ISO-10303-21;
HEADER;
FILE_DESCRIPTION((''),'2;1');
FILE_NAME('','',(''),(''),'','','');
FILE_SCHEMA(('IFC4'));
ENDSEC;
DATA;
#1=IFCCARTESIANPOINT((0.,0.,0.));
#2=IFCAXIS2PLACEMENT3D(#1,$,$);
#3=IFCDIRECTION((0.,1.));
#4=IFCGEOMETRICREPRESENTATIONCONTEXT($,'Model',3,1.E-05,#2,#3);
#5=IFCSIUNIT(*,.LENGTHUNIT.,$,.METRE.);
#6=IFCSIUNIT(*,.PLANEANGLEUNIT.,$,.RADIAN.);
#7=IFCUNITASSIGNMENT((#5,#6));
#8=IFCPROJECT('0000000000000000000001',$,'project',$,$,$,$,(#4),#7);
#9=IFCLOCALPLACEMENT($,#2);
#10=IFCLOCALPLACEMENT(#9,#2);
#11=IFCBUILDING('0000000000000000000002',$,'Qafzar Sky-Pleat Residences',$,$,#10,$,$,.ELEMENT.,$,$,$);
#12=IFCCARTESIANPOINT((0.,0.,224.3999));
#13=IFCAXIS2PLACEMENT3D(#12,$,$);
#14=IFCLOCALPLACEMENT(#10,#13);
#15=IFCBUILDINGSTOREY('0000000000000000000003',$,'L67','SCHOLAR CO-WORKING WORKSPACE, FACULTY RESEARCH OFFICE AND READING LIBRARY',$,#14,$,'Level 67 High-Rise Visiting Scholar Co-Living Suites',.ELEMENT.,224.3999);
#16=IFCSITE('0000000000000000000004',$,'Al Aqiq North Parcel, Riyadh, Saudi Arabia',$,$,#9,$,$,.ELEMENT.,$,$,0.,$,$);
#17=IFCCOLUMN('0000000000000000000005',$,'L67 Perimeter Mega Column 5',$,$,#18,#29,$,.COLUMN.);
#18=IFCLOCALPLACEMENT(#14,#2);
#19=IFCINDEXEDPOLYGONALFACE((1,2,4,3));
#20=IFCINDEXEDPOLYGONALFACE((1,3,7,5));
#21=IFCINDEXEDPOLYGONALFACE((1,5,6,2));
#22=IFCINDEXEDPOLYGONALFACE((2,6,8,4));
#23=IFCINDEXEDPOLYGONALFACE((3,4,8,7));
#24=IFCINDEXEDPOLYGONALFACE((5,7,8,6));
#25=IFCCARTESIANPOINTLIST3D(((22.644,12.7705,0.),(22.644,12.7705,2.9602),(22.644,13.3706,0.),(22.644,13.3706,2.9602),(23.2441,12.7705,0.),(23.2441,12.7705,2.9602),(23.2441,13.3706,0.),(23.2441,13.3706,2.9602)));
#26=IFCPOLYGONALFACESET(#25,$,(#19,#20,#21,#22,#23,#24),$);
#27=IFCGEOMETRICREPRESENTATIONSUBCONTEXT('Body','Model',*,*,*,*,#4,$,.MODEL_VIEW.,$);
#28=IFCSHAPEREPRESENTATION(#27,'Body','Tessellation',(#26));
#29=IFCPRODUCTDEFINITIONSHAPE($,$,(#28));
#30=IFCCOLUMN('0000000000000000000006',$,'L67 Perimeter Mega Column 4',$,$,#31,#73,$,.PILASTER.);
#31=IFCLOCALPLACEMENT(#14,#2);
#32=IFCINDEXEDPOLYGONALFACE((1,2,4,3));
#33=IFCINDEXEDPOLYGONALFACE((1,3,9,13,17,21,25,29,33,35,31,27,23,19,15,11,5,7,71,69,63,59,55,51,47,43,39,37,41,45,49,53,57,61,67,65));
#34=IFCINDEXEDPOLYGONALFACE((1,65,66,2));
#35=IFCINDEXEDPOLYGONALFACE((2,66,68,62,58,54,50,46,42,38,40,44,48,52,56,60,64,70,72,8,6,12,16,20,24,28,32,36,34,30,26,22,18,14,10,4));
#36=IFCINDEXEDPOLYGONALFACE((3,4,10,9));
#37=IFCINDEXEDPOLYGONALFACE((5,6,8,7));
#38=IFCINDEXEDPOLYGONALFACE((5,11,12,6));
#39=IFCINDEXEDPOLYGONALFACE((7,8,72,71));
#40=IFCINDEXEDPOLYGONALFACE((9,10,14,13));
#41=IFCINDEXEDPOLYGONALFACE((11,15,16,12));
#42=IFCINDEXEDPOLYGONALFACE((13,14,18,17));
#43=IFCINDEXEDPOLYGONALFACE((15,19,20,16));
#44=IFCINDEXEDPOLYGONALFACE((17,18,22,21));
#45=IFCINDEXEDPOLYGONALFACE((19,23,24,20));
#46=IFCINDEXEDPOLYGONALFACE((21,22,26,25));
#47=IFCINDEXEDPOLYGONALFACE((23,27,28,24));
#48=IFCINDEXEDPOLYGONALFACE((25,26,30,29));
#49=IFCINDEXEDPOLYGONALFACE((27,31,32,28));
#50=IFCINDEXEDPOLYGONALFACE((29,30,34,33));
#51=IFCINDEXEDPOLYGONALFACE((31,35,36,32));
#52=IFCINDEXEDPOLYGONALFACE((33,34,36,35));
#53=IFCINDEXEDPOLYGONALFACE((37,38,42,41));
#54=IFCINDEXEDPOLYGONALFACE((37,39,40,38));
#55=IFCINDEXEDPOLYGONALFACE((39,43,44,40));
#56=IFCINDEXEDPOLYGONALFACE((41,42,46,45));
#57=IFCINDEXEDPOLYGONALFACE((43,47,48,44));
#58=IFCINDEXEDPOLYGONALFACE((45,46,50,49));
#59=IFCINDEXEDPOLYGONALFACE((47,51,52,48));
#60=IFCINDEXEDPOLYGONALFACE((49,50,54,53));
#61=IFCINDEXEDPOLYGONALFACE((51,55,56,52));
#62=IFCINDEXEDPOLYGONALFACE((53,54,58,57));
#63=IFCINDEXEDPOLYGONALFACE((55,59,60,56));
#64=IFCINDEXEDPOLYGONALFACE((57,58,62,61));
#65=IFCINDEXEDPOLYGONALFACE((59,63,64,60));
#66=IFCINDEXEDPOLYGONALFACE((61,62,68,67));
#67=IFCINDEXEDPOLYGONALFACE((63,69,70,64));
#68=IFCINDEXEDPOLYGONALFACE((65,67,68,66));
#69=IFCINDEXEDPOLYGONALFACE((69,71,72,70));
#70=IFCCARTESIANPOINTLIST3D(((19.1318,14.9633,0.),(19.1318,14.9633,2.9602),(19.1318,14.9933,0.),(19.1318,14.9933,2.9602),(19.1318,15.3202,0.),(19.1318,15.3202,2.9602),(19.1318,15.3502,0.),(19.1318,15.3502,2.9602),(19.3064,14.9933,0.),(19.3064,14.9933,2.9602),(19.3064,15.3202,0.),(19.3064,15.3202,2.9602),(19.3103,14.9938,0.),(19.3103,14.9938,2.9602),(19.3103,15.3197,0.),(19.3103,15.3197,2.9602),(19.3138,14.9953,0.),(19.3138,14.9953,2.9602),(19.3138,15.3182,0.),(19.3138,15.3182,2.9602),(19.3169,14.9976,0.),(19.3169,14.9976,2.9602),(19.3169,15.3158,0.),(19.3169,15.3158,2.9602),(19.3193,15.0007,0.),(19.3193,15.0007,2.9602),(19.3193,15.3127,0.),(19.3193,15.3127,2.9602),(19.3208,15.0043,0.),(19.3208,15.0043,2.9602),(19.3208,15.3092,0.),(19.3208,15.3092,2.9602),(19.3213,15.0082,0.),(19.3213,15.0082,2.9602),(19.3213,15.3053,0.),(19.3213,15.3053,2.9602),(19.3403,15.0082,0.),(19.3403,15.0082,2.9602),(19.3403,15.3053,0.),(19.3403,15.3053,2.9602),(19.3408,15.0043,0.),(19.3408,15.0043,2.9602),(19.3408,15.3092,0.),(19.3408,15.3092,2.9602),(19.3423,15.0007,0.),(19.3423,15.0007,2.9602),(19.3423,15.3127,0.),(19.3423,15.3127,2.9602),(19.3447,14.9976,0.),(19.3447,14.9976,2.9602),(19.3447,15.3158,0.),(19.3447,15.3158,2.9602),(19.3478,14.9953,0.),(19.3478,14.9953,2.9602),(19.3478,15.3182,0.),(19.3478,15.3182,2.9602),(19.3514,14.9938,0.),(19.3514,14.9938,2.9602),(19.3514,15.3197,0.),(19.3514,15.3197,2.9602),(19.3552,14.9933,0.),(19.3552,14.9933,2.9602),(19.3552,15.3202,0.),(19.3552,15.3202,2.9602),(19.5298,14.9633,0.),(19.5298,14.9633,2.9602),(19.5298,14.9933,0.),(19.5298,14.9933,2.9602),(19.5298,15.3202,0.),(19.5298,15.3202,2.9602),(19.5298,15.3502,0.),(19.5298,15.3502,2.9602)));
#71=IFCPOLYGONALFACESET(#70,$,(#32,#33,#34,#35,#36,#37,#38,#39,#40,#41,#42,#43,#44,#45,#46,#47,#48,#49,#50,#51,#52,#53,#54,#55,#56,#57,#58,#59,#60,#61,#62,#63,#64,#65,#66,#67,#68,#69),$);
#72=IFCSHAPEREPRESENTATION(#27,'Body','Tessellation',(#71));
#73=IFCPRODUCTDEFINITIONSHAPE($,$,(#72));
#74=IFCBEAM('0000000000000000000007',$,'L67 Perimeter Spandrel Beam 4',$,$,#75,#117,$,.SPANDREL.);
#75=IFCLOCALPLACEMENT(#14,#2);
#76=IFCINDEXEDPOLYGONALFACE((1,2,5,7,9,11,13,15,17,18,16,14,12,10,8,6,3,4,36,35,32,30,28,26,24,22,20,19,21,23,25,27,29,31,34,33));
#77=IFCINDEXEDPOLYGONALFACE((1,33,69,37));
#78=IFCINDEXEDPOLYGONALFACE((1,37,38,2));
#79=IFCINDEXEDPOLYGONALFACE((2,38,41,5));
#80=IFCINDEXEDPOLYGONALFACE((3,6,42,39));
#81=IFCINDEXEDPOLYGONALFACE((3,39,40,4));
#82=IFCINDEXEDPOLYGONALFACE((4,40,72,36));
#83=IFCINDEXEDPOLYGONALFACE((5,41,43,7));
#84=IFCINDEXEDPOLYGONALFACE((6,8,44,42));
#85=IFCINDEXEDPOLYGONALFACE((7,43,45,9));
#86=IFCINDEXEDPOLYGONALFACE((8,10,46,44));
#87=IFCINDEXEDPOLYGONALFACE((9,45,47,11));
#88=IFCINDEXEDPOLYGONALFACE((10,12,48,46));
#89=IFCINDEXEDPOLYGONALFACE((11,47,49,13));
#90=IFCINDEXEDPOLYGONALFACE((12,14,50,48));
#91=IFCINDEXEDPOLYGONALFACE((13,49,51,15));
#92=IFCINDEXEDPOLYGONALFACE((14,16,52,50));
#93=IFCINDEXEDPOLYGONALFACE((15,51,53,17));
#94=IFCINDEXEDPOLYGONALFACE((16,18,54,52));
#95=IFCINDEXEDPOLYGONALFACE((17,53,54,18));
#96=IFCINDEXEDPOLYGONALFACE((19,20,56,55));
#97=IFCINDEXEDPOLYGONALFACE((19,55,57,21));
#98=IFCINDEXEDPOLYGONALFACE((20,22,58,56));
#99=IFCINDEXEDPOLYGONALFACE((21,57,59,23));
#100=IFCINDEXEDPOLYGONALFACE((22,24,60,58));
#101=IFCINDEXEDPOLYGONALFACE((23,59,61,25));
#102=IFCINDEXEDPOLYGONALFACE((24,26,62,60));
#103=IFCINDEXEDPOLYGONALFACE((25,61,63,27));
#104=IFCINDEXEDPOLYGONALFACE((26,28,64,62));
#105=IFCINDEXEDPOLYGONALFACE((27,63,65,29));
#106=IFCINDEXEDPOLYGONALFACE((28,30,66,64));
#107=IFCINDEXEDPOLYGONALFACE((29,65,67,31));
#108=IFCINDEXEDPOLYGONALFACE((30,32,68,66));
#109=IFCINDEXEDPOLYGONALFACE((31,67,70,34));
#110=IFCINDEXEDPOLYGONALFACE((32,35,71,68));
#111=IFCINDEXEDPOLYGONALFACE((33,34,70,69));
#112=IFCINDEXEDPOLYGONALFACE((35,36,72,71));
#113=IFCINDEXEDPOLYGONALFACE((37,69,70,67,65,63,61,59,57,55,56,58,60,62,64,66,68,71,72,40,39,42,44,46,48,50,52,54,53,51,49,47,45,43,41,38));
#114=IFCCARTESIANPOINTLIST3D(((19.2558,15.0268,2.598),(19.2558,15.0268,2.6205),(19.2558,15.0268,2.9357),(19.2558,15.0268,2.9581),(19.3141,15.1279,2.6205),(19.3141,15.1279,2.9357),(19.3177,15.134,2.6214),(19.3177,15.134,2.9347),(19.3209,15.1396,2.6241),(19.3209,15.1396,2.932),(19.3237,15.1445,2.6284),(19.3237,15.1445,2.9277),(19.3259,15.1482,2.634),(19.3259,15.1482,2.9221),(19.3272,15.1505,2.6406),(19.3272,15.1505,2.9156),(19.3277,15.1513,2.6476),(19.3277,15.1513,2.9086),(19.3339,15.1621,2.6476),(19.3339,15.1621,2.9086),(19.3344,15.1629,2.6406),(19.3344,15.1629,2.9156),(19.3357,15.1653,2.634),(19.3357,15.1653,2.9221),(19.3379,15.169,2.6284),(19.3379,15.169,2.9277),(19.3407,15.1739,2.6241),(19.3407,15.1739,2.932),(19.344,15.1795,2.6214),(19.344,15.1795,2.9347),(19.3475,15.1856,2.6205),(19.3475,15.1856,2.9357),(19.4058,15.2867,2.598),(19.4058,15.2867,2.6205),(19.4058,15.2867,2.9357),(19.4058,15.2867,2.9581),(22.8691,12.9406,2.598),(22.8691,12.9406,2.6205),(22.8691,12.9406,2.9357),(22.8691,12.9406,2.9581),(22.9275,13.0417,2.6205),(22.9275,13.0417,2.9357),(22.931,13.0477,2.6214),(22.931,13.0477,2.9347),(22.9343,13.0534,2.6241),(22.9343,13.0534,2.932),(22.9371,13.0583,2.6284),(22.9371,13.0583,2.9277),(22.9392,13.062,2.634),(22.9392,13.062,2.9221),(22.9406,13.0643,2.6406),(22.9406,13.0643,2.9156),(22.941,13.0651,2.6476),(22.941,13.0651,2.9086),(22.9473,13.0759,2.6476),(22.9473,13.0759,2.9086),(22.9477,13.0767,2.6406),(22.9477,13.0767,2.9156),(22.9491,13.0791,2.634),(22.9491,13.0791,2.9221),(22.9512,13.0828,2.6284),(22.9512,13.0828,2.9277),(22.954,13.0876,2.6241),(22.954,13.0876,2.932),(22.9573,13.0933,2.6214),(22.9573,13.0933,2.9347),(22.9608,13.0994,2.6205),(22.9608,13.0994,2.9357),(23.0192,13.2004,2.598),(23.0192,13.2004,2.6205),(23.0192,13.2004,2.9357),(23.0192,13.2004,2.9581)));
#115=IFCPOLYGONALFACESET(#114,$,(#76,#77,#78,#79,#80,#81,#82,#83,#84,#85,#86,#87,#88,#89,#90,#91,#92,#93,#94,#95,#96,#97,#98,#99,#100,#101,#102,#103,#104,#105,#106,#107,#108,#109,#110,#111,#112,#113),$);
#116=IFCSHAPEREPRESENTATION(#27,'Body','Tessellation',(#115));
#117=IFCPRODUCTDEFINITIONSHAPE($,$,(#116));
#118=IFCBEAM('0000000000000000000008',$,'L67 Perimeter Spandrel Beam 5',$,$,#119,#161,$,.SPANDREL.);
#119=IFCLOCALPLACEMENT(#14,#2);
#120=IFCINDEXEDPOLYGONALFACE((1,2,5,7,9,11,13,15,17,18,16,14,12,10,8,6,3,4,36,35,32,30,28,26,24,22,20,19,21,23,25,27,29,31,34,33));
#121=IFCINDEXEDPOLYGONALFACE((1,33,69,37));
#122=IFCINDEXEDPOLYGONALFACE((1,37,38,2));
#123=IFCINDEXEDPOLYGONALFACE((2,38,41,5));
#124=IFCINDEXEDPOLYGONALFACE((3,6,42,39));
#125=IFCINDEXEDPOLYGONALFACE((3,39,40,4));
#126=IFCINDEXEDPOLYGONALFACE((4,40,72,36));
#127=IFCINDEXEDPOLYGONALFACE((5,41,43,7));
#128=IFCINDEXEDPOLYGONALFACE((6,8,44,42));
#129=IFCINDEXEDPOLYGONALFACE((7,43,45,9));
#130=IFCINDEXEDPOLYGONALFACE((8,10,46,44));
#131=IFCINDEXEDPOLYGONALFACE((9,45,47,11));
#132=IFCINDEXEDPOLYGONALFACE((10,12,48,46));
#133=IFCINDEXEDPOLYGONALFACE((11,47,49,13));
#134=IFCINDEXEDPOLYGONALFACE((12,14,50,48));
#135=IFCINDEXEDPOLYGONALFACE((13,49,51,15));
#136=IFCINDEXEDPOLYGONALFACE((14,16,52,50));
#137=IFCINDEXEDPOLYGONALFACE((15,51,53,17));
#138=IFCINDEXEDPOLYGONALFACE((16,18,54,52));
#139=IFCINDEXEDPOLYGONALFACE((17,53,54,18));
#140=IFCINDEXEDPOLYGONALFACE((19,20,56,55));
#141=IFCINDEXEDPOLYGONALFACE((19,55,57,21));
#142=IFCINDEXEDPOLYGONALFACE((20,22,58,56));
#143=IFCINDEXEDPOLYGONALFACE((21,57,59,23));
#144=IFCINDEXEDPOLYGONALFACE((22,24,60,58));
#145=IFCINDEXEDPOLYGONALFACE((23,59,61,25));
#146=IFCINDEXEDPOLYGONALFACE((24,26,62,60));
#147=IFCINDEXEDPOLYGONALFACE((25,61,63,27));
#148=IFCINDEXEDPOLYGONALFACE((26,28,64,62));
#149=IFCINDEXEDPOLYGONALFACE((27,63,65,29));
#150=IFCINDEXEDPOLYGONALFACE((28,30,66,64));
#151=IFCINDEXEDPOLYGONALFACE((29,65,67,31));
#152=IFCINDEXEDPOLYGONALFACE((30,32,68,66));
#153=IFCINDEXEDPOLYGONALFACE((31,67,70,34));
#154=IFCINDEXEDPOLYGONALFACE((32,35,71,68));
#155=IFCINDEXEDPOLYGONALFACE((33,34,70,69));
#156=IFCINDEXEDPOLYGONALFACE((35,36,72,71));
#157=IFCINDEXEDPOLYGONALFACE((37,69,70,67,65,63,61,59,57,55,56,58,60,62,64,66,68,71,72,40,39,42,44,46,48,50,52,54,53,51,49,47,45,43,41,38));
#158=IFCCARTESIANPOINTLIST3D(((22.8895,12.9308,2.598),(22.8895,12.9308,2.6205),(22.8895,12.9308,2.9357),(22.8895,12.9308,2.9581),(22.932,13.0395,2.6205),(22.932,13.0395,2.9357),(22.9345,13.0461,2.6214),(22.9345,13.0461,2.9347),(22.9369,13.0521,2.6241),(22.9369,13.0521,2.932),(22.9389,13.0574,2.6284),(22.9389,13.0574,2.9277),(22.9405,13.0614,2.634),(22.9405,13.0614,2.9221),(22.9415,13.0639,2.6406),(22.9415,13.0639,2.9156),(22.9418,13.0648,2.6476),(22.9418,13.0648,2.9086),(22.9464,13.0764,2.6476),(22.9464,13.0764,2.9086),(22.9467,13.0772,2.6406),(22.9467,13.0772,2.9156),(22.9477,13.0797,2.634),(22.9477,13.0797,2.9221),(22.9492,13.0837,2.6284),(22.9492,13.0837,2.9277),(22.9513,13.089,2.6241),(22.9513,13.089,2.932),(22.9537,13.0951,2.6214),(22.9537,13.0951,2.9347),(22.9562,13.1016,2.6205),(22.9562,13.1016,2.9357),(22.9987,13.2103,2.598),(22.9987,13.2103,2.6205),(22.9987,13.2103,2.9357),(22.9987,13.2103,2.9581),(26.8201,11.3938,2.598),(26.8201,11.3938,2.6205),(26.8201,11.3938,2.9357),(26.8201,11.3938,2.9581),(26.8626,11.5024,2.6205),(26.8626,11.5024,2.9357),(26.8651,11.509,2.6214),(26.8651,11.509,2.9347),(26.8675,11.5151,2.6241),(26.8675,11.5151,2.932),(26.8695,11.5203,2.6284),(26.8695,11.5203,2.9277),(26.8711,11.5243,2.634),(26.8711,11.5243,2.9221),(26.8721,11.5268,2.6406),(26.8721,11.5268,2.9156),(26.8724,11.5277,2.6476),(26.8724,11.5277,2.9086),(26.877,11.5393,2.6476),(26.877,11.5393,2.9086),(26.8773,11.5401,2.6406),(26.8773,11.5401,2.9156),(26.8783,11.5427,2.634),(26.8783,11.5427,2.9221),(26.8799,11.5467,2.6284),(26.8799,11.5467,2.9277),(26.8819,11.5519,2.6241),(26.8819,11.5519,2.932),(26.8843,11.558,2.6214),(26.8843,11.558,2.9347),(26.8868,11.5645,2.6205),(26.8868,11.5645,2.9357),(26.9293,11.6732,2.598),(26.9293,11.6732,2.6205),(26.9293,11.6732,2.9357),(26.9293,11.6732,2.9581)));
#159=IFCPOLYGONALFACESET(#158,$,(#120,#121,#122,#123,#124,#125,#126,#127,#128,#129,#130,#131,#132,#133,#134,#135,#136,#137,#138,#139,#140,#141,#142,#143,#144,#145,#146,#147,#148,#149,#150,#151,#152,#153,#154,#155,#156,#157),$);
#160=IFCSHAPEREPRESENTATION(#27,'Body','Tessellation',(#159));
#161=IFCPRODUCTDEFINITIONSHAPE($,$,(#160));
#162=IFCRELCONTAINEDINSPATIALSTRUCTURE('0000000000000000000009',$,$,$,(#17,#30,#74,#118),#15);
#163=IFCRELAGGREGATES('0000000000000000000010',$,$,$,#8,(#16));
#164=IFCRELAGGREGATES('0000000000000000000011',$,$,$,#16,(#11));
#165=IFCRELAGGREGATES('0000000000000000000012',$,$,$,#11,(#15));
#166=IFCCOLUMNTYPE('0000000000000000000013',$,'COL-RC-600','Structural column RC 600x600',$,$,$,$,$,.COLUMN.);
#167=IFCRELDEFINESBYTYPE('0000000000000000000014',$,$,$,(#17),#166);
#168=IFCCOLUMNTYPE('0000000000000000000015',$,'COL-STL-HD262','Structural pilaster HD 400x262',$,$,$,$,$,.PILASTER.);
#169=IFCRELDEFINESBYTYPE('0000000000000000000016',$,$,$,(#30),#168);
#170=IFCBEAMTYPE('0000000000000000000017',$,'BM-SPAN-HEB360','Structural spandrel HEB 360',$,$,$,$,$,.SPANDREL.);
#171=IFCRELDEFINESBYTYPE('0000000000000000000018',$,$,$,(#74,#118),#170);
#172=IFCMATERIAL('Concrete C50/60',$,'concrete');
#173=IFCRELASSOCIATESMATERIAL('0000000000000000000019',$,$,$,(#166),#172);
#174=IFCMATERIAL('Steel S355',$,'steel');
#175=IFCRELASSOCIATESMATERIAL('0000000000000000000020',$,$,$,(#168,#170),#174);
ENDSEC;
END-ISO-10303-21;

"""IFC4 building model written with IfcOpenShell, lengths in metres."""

from ifc_helpers import new_model, si_unit, direction, frame, origin, origin_2d, place, context, subcontext, project, spatial, rectangle, i_section, extrude, source, transform, mapped, material, material_profile, profile_set, type_object, element, save


model = new_model("IFC4")

# Units and contexts
model_context = context("Model", 3, precision=1e-05, world=origin(), true_north=direction((0.0, 1.0)))
body_context = subcontext(model_context, "Body", "Model", "MODEL_VIEW")
ifc_project = project(units=[si_unit("LENGTHUNIT", "METRE"), si_unit("PLANEANGLEUNIT", "RADIAN")], contexts=[model_context])

# Site, building, storey
site_placement = place(None, origin())
site = spatial("IfcSite", under=ifc_project, at=site_placement, Name="Al Aqiq North Parcel, Riyadh, Saudi Arabia", CompositionType="ELEMENT", RefElevation=0.0)
building_placement = place(site_placement, origin())
building = spatial("IfcBuilding", under=site, at=building_placement, Name="Qafzar Sky-Pleat Residences", CompositionType="ELEMENT")
storey_placement = place(building_placement, frame((0.0, 0.0, 224.3999)))
storey = spatial("IfcBuildingStorey", under=building, at=storey_placement, Name="L67", Description="SCHOLAR CO-WORKING WORKSPACE, FACULTY RESEARCH OFFICE AND READING LIBRARY", LongName="Level 67 High-Rise Visiting Scholar Co-Living Suites", CompositionType="ELEMENT", Elevation=224.3999)

# Columns
ifc_material_1 = material(Name="Concrete C50/60", Category="concrete")
ifc_material_profile_1 = material_profile(ifc_material_1, rectangle(XDim=0.6001, YDim=0.6001, at=origin_2d()), Name="RC 600x600")
ifc_profile_set_1 = profile_set([ifc_material_profile_1], Name="Concrete C50/60")
column_type_1 = type_object("IfcColumnType", Name="COL-RC-600", Description="Structural column RC 600x600", PredefinedType="COLUMN", material=ifc_profile_set_1)
shared_shape_1 = source(origin(), body_context, "Body", "SweptSolid", [
    extrude(rectangle(XDim=0.6001, YDim=0.6001, at=origin_2d()), origin(), (0.0, 0.0, 1.0), 2.9602),
])
column_1_placement = place(storey_placement, frame((22.9441, 13.0706, 0.0), z_axis=(0.0, 0.0, 1.0), x_axis=(1.0, 0.0, 0.0)))
element("IfcColumn", 1, at=column_1_placement, inside=storey, type_object=column_type_1, Name="L67 Perimeter Mega Column 5", PredefinedType="COLUMN", context=body_context, shape_type="MappedRepresentation", body=[
    mapped(shared_shape_1, transform((0.0, 0.0, 0.0), x_axis=(1.0, 0.0, 0.0), y_axis=(0.0, 1.0, 0.0), z_axis=(0.0, 0.0, 1.0), scale=1.0)),
])
ifc_material_2 = material(Name="Steel S355", Category="steel")
ifc_material_profile_2 = material_profile(ifc_material_2, i_section(OverallWidth=0.3979, OverallDepth=0.387, WebThickness=0.019, FlangeThickness=0.03, FilletRadius=0.0149, at=origin_2d()), Name="HD 400x262")
ifc_profile_set_2 = profile_set([ifc_material_profile_2], Name="Steel S355")
column_type_2 = type_object("IfcColumnType", Name="COL-STL-HD262", Description="Structural pilaster HD 400x262", PredefinedType="PILASTER", material=ifc_profile_set_2)
shared_shape_2 = source(origin(), body_context, "Body", "SweptSolid", [
    extrude(i_section(OverallWidth=0.3979, OverallDepth=0.387, WebThickness=0.019, FlangeThickness=0.03, FilletRadius=0.0149, at=origin_2d()), origin(), (0.0, 0.0, 1.0), 2.9602),
])
column_2_placement = place(storey_placement, frame((19.3308, 15.1567, 0.0), z_axis=(0.0, 0.0, 1.0), x_axis=(1.0, 0.0, 0.0)))
element("IfcColumn", 2, at=column_2_placement, inside=storey, type_object=column_type_2, Name="L67 Perimeter Mega Column 4", PredefinedType="PILASTER", context=body_context, shape_type="MappedRepresentation", body=[
    mapped(shared_shape_2, transform((0.0, 0.0, 0.0), x_axis=(1.0, 0.0, 0.0), y_axis=(0.0, 1.0, 0.0), z_axis=(0.0, 0.0, 1.0), scale=1.0)),
])

# Beams
ifc_material_profile_3 = material_profile(ifc_material_2, i_section(OverallWidth=0.3, OverallDepth=0.3601, WebThickness=0.0125, FlangeThickness=0.0225, FilletRadius=0.0271, at=origin_2d()), Name="HEB 360")
ifc_profile_set_3 = profile_set([ifc_material_profile_3], Name="Steel S355")
beam_type_1 = type_object("IfcBeamType", Name="BM-SPAN-HEB360", Description="Structural spandrel HEB 360", PredefinedType="SPANDREL", material=ifc_profile_set_3)
shared_shape_3 = source(origin(), body_context, "Body", "SweptSolid", [
    extrude(i_section(OverallWidth=0.3, OverallDepth=0.3601, WebThickness=0.0125, FlangeThickness=0.0225, FilletRadius=0.0271, at=origin_2d()), origin(), (0.0, 0.0, 1.0), 4.1724),
])
beam_1_placement = place(storey_placement, frame((19.3308, 15.1567, 2.7781), z_axis=(0.86602, -0.500009, 0.0), x_axis=(0.500009, 0.86602, 0.0)))
element("IfcBeam", 3, at=beam_1_placement, inside=storey, type_object=beam_type_1, Name="L67 Perimeter Spandrel Beam 4", PredefinedType="SPANDREL", context=body_context, shape_type="MappedRepresentation", body=[
    mapped(shared_shape_3, transform((0.0, 0.0, 0.0), x_axis=(1.0, 0.0, 0.0), y_axis=(0.0, 1.0, 0.0), z_axis=(0.0, 0.0, 1.0), scale=1.0)),
])
shared_shape_4 = source(origin(), body_context, "Body", "SweptSolid", [
    extrude(i_section(OverallWidth=0.3, OverallDepth=0.3601, WebThickness=0.0125, FlangeThickness=0.0225, FilletRadius=0.0271, at=origin_2d()), origin(), (0.0, 0.0, 1.0), 4.2205),
])
beam_2_placement = place(storey_placement, frame((22.9441, 13.0706, 2.7781), z_axis=(0.931321, -0.364199, 0.0), x_axis=(0.364199, 0.931321, 0.0)))
element("IfcBeam", 4, at=beam_2_placement, inside=storey, type_object=beam_type_1, Name="L67 Perimeter Spandrel Beam 5", PredefinedType="SPANDREL", context=body_context, shape_type="MappedRepresentation", body=[
    mapped(shared_shape_4, transform((0.0, 0.0, 0.0), x_axis=(1.0, 0.0, 0.0), y_axis=(0.0, 1.0, 0.0), z_axis=(0.0, 0.0, 1.0), scale=1.0)),
])

save(model, "model.ifc")
